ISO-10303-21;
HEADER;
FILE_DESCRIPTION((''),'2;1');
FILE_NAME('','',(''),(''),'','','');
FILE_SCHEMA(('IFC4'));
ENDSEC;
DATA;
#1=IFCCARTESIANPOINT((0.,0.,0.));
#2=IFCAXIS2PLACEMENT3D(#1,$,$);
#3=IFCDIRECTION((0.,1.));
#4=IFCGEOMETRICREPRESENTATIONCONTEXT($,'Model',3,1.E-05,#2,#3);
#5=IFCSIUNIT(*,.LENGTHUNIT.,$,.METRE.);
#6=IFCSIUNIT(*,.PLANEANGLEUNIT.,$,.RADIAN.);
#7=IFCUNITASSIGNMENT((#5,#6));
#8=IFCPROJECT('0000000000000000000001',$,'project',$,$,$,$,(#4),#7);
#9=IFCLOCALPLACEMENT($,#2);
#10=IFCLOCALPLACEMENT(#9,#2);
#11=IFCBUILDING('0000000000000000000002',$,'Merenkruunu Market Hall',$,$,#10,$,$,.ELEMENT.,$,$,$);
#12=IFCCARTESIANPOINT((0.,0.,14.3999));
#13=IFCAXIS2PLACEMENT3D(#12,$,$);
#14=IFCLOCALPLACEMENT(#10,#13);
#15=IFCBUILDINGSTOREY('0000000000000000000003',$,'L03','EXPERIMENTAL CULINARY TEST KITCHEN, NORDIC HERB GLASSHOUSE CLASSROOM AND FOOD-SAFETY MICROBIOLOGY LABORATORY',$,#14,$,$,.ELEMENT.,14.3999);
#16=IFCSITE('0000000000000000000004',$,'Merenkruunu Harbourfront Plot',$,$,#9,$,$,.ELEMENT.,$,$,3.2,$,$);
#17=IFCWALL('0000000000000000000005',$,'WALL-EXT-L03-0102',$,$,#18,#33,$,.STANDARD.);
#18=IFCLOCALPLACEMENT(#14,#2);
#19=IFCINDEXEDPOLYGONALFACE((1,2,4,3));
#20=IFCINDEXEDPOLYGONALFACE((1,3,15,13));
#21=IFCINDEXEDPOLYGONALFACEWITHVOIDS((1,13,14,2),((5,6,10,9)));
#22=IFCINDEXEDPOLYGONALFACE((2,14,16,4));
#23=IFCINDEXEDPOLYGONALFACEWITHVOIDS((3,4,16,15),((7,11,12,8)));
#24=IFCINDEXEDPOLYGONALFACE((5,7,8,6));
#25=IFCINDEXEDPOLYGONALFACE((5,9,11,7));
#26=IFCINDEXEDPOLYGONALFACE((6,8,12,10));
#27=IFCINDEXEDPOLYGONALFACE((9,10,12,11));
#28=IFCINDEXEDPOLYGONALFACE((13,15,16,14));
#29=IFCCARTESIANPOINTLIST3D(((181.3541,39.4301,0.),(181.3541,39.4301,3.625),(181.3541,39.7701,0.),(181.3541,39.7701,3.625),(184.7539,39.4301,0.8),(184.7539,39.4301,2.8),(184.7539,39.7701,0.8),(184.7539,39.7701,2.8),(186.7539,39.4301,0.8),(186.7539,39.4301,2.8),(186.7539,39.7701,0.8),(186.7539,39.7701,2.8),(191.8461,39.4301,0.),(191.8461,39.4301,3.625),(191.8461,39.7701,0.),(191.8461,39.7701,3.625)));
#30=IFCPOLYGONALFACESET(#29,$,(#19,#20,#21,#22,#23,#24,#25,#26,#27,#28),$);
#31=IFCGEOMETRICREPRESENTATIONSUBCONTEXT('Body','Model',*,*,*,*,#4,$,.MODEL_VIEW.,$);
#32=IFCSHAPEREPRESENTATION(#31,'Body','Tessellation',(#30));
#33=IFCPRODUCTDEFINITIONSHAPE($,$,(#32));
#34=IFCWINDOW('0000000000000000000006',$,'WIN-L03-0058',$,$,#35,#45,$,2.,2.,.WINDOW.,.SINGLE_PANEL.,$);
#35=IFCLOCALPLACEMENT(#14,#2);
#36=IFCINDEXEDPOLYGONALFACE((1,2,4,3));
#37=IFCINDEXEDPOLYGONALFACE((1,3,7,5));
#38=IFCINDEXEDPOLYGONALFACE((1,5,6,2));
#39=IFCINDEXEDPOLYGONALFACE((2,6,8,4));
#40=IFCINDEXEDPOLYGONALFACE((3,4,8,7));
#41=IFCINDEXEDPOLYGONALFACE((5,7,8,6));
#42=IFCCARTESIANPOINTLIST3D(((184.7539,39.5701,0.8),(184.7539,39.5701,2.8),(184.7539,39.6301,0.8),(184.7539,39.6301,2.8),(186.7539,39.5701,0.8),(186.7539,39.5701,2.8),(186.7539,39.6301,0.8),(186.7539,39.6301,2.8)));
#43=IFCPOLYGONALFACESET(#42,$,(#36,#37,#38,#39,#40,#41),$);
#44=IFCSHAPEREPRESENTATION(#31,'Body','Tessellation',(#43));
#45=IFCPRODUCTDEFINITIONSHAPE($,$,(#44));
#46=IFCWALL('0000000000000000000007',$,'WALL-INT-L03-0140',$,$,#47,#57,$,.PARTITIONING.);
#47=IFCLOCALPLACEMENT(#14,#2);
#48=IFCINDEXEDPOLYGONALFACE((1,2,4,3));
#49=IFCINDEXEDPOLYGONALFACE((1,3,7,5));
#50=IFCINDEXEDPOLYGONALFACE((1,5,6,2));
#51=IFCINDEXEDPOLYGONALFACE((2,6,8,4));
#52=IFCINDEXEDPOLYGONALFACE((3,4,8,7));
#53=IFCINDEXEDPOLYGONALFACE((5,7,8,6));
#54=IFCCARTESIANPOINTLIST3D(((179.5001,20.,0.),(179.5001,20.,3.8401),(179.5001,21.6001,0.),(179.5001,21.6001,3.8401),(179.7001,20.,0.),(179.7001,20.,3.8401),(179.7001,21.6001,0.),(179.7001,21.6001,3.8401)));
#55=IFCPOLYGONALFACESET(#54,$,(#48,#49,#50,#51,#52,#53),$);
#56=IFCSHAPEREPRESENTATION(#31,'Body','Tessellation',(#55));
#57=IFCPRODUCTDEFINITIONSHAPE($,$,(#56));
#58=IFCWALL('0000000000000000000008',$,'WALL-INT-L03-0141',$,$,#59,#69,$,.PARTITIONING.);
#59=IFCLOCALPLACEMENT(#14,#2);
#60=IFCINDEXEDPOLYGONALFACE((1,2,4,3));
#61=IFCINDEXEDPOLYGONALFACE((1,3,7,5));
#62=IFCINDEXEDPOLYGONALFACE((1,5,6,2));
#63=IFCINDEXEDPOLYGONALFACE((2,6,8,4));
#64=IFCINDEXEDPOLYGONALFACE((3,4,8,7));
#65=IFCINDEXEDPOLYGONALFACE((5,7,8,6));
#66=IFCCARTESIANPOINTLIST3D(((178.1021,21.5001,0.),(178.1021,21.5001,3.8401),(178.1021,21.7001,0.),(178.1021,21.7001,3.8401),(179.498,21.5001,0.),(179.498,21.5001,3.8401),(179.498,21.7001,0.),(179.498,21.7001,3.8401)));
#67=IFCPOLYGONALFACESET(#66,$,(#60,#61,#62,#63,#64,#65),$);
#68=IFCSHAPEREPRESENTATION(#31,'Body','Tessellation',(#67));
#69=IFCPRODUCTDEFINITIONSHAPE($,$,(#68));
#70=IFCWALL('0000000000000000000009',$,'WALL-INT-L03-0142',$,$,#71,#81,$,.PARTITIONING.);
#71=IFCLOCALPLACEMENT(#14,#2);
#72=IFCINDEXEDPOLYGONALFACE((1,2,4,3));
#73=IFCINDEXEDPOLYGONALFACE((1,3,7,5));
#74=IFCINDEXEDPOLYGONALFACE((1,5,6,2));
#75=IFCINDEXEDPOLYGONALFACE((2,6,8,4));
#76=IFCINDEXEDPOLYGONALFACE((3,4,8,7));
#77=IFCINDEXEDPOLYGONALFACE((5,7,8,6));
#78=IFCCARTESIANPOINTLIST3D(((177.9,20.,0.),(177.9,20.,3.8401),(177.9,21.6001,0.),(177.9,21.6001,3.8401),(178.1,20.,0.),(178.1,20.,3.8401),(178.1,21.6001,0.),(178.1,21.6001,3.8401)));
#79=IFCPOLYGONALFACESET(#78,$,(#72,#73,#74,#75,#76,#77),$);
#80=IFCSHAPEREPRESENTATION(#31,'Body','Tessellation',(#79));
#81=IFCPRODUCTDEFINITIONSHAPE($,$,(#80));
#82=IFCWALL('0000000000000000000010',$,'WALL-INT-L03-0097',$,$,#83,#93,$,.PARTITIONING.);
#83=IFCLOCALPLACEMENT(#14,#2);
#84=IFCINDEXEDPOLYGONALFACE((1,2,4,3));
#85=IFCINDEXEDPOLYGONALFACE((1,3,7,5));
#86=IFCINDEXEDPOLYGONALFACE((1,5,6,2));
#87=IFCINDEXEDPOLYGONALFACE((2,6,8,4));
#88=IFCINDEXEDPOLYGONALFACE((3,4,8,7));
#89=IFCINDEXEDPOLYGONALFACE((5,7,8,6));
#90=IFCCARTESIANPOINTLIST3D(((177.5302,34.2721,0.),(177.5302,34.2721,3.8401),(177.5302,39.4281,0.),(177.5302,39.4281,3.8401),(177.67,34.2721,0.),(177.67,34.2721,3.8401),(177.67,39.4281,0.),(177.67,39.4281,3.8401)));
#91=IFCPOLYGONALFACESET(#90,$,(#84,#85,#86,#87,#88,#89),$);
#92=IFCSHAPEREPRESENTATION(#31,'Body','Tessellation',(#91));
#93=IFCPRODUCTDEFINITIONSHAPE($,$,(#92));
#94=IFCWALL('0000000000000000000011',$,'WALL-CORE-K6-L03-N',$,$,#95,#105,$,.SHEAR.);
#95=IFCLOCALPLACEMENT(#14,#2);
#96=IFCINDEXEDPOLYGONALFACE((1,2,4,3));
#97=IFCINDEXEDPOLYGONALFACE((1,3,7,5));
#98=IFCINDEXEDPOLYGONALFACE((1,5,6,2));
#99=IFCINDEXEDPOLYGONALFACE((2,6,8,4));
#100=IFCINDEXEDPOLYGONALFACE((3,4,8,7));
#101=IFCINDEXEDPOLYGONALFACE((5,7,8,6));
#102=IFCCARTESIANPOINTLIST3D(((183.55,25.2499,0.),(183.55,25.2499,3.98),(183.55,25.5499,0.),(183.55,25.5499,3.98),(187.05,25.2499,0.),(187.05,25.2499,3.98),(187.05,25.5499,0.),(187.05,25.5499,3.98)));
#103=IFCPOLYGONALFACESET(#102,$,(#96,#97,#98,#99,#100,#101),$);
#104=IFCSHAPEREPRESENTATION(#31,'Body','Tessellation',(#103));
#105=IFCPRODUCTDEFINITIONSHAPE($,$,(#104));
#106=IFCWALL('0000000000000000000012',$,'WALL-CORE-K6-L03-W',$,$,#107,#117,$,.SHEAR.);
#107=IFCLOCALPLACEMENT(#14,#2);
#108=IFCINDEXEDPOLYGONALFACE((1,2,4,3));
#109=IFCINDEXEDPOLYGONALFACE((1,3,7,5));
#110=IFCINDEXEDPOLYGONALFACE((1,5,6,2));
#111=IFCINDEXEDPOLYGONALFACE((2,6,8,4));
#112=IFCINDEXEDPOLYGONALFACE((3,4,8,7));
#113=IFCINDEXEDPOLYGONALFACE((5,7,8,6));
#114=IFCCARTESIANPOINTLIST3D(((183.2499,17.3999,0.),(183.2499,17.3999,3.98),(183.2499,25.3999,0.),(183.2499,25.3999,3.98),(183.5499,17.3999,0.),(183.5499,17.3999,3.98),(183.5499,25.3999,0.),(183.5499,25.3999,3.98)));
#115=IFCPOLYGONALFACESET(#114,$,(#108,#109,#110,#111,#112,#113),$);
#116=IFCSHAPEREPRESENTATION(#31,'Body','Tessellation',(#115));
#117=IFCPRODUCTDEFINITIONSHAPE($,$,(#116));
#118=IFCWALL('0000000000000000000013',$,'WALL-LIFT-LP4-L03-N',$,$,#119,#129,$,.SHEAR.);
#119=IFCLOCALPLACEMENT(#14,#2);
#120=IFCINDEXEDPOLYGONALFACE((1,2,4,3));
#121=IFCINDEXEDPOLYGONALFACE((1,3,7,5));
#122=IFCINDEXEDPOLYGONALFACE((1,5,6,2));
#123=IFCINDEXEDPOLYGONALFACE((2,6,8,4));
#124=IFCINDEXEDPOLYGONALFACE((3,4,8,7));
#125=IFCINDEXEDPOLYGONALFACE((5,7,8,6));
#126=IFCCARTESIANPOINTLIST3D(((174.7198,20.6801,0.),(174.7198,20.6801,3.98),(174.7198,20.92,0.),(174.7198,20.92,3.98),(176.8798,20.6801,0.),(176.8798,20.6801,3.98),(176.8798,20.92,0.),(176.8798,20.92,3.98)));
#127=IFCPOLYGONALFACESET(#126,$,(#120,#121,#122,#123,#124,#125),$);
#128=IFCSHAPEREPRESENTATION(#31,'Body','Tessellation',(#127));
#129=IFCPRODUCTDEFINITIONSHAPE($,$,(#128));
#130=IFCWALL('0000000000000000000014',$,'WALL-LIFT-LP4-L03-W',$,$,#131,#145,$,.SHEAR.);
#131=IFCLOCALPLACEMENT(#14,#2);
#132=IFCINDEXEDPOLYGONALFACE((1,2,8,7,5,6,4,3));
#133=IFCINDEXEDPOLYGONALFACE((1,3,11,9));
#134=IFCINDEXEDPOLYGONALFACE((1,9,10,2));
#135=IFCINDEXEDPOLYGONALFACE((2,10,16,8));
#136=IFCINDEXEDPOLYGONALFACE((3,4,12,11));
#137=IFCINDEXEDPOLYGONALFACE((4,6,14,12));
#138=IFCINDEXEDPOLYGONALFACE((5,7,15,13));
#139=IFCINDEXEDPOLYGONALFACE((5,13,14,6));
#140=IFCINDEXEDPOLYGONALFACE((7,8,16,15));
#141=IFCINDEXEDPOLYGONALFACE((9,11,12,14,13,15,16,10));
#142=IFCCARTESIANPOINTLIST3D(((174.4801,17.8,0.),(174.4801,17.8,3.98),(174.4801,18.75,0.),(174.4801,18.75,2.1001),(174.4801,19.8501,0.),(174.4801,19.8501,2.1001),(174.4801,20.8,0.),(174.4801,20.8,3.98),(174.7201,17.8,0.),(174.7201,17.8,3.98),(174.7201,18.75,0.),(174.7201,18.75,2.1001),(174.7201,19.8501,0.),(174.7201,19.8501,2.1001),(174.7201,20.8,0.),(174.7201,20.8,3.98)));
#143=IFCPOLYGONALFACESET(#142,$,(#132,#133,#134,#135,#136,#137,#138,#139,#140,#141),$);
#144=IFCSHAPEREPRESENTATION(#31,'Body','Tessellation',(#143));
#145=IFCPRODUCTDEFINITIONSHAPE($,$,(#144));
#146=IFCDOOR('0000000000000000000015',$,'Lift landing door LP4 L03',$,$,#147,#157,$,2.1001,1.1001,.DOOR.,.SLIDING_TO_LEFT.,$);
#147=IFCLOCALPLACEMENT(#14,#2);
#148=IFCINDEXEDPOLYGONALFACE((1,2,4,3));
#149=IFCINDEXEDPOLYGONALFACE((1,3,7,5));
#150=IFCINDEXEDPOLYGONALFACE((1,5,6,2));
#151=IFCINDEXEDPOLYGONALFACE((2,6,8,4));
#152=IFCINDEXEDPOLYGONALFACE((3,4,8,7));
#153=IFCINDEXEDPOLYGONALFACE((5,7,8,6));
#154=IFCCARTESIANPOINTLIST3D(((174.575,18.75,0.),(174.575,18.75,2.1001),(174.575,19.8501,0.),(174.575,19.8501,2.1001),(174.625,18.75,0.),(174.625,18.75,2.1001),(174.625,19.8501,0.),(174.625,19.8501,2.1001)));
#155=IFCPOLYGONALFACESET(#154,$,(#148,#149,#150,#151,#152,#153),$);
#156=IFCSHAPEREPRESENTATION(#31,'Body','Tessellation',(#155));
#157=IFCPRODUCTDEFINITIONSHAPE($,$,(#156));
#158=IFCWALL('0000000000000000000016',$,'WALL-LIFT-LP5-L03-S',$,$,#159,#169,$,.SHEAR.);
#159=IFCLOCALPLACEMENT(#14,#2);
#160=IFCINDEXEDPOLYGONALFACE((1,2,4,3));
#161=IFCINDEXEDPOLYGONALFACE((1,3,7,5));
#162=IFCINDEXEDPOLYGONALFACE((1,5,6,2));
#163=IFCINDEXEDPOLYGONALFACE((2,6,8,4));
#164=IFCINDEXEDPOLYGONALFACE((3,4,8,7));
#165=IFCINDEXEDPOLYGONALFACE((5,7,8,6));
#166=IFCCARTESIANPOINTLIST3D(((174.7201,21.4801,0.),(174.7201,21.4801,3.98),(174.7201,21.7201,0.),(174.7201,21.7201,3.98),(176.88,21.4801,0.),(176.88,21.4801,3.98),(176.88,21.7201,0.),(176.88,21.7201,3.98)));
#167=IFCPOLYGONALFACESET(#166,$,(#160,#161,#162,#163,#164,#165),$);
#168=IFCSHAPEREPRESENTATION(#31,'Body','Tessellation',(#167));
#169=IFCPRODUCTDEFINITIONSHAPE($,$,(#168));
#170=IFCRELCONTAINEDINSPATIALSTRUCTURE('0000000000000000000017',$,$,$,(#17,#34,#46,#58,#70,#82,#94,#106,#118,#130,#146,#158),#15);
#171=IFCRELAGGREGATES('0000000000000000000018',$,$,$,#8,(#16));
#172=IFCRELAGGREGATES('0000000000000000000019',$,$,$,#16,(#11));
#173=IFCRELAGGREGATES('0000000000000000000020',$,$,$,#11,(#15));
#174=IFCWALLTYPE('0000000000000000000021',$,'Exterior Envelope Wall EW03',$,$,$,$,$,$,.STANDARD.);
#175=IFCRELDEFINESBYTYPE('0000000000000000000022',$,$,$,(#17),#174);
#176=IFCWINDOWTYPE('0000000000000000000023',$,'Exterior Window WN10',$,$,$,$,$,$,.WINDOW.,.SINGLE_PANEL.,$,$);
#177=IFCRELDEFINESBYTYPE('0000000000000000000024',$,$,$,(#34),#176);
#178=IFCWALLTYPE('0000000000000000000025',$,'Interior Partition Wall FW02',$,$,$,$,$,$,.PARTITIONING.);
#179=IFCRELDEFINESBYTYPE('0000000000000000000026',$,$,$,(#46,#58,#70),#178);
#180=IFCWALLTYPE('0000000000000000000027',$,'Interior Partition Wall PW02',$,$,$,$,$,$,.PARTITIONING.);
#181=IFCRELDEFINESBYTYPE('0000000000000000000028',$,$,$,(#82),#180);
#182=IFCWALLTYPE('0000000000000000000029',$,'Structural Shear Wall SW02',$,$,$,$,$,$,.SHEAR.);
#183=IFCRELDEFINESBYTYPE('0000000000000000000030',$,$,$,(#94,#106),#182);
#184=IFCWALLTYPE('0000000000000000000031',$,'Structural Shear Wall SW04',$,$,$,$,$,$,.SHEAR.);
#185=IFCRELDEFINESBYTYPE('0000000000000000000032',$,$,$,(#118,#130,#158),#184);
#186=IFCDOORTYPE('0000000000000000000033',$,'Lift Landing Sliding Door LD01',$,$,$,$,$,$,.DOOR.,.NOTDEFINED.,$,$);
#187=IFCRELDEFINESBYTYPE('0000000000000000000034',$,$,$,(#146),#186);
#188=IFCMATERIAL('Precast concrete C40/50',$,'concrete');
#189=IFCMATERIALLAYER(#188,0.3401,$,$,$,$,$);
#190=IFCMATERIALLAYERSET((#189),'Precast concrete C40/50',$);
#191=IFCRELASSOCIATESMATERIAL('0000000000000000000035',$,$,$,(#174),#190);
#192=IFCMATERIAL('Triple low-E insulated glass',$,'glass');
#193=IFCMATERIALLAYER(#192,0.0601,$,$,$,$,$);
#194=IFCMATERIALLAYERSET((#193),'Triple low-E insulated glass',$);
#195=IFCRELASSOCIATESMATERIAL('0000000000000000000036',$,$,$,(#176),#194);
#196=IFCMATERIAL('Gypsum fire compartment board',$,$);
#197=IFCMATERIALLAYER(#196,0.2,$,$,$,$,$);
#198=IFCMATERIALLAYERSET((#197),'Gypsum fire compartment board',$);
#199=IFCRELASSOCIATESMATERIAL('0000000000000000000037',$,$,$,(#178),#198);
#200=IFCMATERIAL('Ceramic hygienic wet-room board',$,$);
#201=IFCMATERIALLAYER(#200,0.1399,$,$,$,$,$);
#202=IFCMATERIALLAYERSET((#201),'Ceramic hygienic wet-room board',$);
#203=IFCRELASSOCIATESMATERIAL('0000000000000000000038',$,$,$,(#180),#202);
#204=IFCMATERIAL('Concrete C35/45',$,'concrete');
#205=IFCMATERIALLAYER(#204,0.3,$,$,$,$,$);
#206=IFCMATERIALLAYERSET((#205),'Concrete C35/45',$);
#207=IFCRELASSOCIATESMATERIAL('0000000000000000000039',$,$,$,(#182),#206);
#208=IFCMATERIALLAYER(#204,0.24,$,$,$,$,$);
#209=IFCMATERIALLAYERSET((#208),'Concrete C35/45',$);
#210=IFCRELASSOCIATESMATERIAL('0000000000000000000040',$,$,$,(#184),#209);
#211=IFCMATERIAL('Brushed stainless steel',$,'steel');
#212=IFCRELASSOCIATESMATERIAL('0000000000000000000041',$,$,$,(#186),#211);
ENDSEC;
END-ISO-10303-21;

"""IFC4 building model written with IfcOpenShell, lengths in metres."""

from ifc_helpers import new_model, si_unit, direction, frame, frame_2d, origin, place, context, subcontext, project, spatial, rectangle, extrude, material, layer, layer_set, type_object, element, fill, save


model = new_model("IFC4")

# Units and contexts
model_context = context("Model", 3, precision=1e-05, world=origin(), true_north=direction((0.0, 1.0)))
body_context = subcontext(model_context, "Body", "Model", "MODEL_VIEW")
ifc_project = project(units=[si_unit("LENGTHUNIT", "METRE"), si_unit("PLANEANGLEUNIT", "RADIAN")], contexts=[model_context])

# Site, building, storey
site_placement = place(None, origin())
site = spatial("IfcSite", under=ifc_project, at=site_placement, Name="Merenkruunu Harbourfront Plot", CompositionType="ELEMENT", RefElevation=3.2)
building_placement = place(site_placement, origin())
building = spatial("IfcBuilding", under=site, at=building_placement, Name="Merenkruunu Market Hall", CompositionType="ELEMENT")
storey_placement = place(building_placement, frame((0.0, 0.0, 14.3999)))
storey = spatial("IfcBuildingStorey", under=building, at=storey_placement, Name="L03", Description="EXPERIMENTAL CULINARY TEST KITCHEN, NORDIC HERB GLASSHOUSE CLASSROOM AND FOOD-SAFETY MICROBIOLOGY LABORATORY", CompositionType="ELEMENT", Elevation=14.3999)

# Wall, opening, window
ifc_material_1 = material(Name="Precast concrete C40/50", Category="concrete")
ifc_material_2 = material(Name="Triple low-E insulated glass", Category="glass")
ifc_layer_1 = layer(ifc_material_1, 0.3401)
ifc_layer_set_1 = layer_set([ifc_layer_1], Name="Precast concrete C40/50")
wall_type_1 = type_object("IfcWallType", Name="Exterior Envelope Wall EW03", PredefinedType="STANDARD", material=ifc_layer_set_1)
wall_1_placement = place(storey_placement, frame((181.354, 39.6001, 0.0), z_axis=(0.0, 0.0, 1.0), x_axis=(1.0, 0.0, 0.0)))
wall_1 = element("IfcWall", 1, at=wall_1_placement, inside=storey, type_object=wall_type_1, Name="WALL-EXT-L03-0102", PredefinedType="STANDARD", context=body_context, shape_type="SweptSolid", body=[
    extrude(rectangle(XDim=10.4919, YDim=0.3401, at=frame_2d((5.2461, 0.0))), origin(), (0.0, 0.0, 1.0), 3.625),
])
opening_1_placement = place(wall_1_placement, frame((3.3999, 0.0, 0.8)))
opening_1 = element("IfcOpeningElement", 2, at=opening_1_placement, cuts=wall_1, PredefinedType="OPENING", context=body_context, shape_type="SweptSolid", body=[
    extrude(rectangle(XDim=2.0, YDim=2.0, at=frame_2d((1.0, 1.0))), frame((0.0, 0.1802, 0.0), z_axis=(0.0, -1.0, 0.0), x_axis=(1.0, 0.0, 0.0)), (0.0, 0.0, 1.0), 0.3601),
])
ifc_layer_2 = layer(ifc_material_2, 0.0601)
ifc_layer_set_2 = layer_set([ifc_layer_2], Name="Triple low-E insulated glass")
window_type_1 = type_object("IfcWindowType", Name="Exterior Window WN10", PartitioningType="SINGLE_PANEL", PredefinedType="WINDOW", material=ifc_layer_set_2)
window_1_placement = place(opening_1_placement, origin())
window_1 = element("IfcWindow", 3, at=window_1_placement, inside=storey, type_object=window_type_1, Name="WIN-L03-0058", OverallHeight=2.0, OverallWidth=2.0, PartitioningType="SINGLE_PANEL", PredefinedType="WINDOW", context=body_context, shape_type="SweptSolid", body=[
    extrude(rectangle(XDim=2.0, YDim=2.0, at=frame_2d((1.0, 1.0))), frame((0.0, 0.03, 0.0), z_axis=(0.0, -1.0, 0.0), x_axis=(1.0, 0.0, 0.0)), (0.0, 0.0, 1.0), 0.0601),
])
fill(opening_1, window_1)

# Walls
ifc_material_3 = material(Name="Gypsum fire compartment board")
ifc_layer_3 = layer(ifc_material_3, 0.2)
ifc_layer_set_3 = layer_set([ifc_layer_3], Name="Gypsum fire compartment board")
wall_type_2 = type_object("IfcWallType", Name="Interior Partition Wall FW02", PredefinedType="PARTITIONING", material=ifc_layer_set_3)
wall_2_placement = place(storey_placement, frame((179.6001, 20.0, 0.0), z_axis=(0.0, 0.0, 1.0), x_axis=(0.0, 1.0, 0.0)))
element("IfcWall", 4, at=wall_2_placement, inside=storey, type_object=wall_type_2, Name="WALL-INT-L03-0140", PredefinedType="PARTITIONING", context=body_context, shape_type="SweptSolid", body=[
    extrude(rectangle(XDim=1.6001, YDim=0.2, at=frame_2d((0.8, 0.0))), origin(), (0.0, 0.0, 1.0), 3.8401),
])
wall_3_placement = place(storey_placement, frame((179.498, 21.6001, 0.0), z_axis=(0.0, 0.0, 1.0), x_axis=(-1.0, 0.0, 0.0)))
element("IfcWall", 5, at=wall_3_placement, inside=storey, type_object=wall_type_2, Name="WALL-INT-L03-0141", PredefinedType="PARTITIONING", context=body_context, shape_type="SweptSolid", body=[
    extrude(rectangle(XDim=1.396, YDim=0.2, at=frame_2d((0.698, 0.0))), origin(), (0.0, 0.0, 1.0), 3.8401),
])
wall_4_placement = place(storey_placement, frame((178.0, 21.6001, 0.0), z_axis=(0.0, 0.0, 1.0), x_axis=(0.0, -1.0, 0.0)))
element("IfcWall", 6, at=wall_4_placement, inside=storey, type_object=wall_type_2, Name="WALL-INT-L03-0142", PredefinedType="PARTITIONING", context=body_context, shape_type="SweptSolid", body=[
    extrude(rectangle(XDim=1.6001, YDim=0.2, at=frame_2d((0.8, 0.0))), origin(), (0.0, 0.0, 1.0), 3.8401),
])
ifc_material_4 = material(Name="Ceramic hygienic wet-room board")
ifc_layer_4 = layer(ifc_material_4, 0.1399)
ifc_layer_set_4 = layer_set([ifc_layer_4], Name="Ceramic hygienic wet-room board")
wall_type_3 = type_object("IfcWallType", Name="Interior Partition Wall PW02", PredefinedType="PARTITIONING", material=ifc_layer_set_4)
wall_5_placement = place(storey_placement, frame((177.6001, 34.272, 0.0), z_axis=(0.0, 0.0, 1.0), x_axis=(0.0, 1.0, 0.0)))
element("IfcWall", 7, at=wall_5_placement, inside=storey, type_object=wall_type_3, Name="WALL-INT-L03-0097", PredefinedType="PARTITIONING", context=body_context, shape_type="SweptSolid", body=[
    extrude(rectangle(XDim=5.156, YDim=0.1399, at=frame_2d((2.5781, 0.0))), origin(), (0.0, 0.0, 1.0), 3.8401),
])
ifc_material_5 = material(Name="Concrete C35/45", Category="concrete")
ifc_layer_5 = layer(ifc_material_5, 0.3)
ifc_layer_set_5 = layer_set([ifc_layer_5], Name="Concrete C35/45")
wall_type_4 = type_object("IfcWallType", Name="Structural Shear Wall SW02", PredefinedType="SHEAR", material=ifc_layer_set_5)
wall_6_placement = place(storey_placement, frame((187.05, 25.3999, 0.0), z_axis=(0.0, 0.0, 1.0), x_axis=(-1.0, 0.0, 0.0)))
element("IfcWall", 8, at=wall_6_placement, inside=storey, type_object=wall_type_4, Name="WALL-CORE-K6-L03-N", PredefinedType="SHEAR", context=body_context, shape_type="SweptSolid", body=[
    extrude(rectangle(XDim=3.5, YDim=0.3, at=frame_2d((1.75, 0.0))), origin(), (0.0, 0.0, 1.0), 3.98),
])
wall_7_placement = place(storey_placement, frame((183.3999, 25.3999, 0.0), z_axis=(0.0, 0.0, 1.0), x_axis=(0.0, -1.0, 0.0)))
element("IfcWall", 9, at=wall_7_placement, inside=storey, type_object=wall_type_4, Name="WALL-CORE-K6-L03-W", PredefinedType="SHEAR", context=body_context, shape_type="SweptSolid", body=[
    extrude(rectangle(XDim=8.0, YDim=0.3, at=frame_2d((4.0, 0.0))), origin(), (0.0, 0.0, 1.0), 3.98),
])
ifc_layer_6 = layer(ifc_material_5, 0.24)
ifc_layer_set_6 = layer_set([ifc_layer_6], Name="Concrete C35/45")
wall_type_5 = type_object("IfcWallType", Name="Structural Shear Wall SW04", PredefinedType="SHEAR", material=ifc_layer_set_6)
wall_8_placement = place(storey_placement, frame((176.8799, 20.8, 0.0), z_axis=(0.0, 0.0, 1.0), x_axis=(-1.0, 0.0, 0.0)))
element("IfcWall", 10, at=wall_8_placement, inside=storey, type_object=wall_type_5, Name="WALL-LIFT-LP4-L03-N", PredefinedType="SHEAR", context=body_context, shape_type="SweptSolid", body=[
    extrude(rectangle(XDim=2.1599, YDim=0.24, at=frame_2d((1.0801, 0.0))), origin(), (0.0, 0.0, 1.0), 3.98),
])

# Wall, opening, door
wall_9_placement = place(storey_placement, frame((174.6001, 20.8, 0.0), z_axis=(0.0, 0.0, 1.0), x_axis=(0.0, -1.0, 0.0)))
wall_9 = element("IfcWall", 11, at=wall_9_placement, inside=storey, type_object=wall_type_5, Name="WALL-LIFT-LP4-L03-W", PredefinedType="SHEAR", context=body_context, shape_type="SweptSolid", body=[
    extrude(rectangle(XDim=3.0, YDim=0.24, at=frame_2d((1.5, 0.0))), origin(), (0.0, 0.0, 1.0), 3.98),
])
opening_2_placement = place(wall_9_placement, frame((0.95, 0.0, 0.0)))
opening_2 = element("IfcOpeningElement", 12, at=opening_2_placement, cuts=wall_9, PredefinedType="OPENING", context=body_context, shape_type="SweptSolid", body=[
    extrude(rectangle(XDim=1.1001, YDim=2.1001, at=frame_2d((0.55, 1.05))), frame((0.0, 0.1299, 0.0), z_axis=(0.0, -1.0, 0.0), x_axis=(1.0, 0.0, 0.0)), (0.0, 0.0, 1.0), 0.26),
])
ifc_material_6 = material(Name="Brushed stainless steel", Category="steel")
door_type = type_object("IfcDoorType", Name="Lift Landing Sliding Door LD01", OperationType="NOTDEFINED", PredefinedType="DOOR", material=ifc_material_6)
door_1_placement = place(opening_2_placement, origin())
door_1 = element("IfcDoor", 13, at=door_1_placement, inside=storey, type_object=door_type, Name="Lift landing door LP4 L03", OperationType="SLIDING_TO_LEFT", OverallHeight=2.1001, OverallWidth=1.1001, PredefinedType="DOOR", context=body_context, shape_type="SweptSolid", body=[
    extrude(rectangle(XDim=1.1001, YDim=2.1001, at=frame_2d((0.55, 1.05))), frame((0.0, 0.0249, 0.0), z_axis=(0.0, -1.0, 0.0), x_axis=(1.0, 0.0, 0.0)), (0.0, 0.0, 1.0), 0.05),
])
fill(opening_2, door_1)

# Wall
wall_10_placement = place(storey_placement, frame((174.72, 21.6001, 0.0), z_axis=(0.0, 0.0, 1.0), x_axis=(1.0, 0.0, 0.0)))
element("IfcWall", 14, at=wall_10_placement, inside=storey, type_object=wall_type_5, Name="WALL-LIFT-LP5-L03-S", PredefinedType="SHEAR", context=body_context, shape_type="SweptSolid", body=[
    extrude(rectangle(XDim=2.1599, YDim=0.24, at=frame_2d((1.0801, 0.0))), origin(), (0.0, 0.0, 1.0), 3.98),
])

save(model, "model.ifc")
